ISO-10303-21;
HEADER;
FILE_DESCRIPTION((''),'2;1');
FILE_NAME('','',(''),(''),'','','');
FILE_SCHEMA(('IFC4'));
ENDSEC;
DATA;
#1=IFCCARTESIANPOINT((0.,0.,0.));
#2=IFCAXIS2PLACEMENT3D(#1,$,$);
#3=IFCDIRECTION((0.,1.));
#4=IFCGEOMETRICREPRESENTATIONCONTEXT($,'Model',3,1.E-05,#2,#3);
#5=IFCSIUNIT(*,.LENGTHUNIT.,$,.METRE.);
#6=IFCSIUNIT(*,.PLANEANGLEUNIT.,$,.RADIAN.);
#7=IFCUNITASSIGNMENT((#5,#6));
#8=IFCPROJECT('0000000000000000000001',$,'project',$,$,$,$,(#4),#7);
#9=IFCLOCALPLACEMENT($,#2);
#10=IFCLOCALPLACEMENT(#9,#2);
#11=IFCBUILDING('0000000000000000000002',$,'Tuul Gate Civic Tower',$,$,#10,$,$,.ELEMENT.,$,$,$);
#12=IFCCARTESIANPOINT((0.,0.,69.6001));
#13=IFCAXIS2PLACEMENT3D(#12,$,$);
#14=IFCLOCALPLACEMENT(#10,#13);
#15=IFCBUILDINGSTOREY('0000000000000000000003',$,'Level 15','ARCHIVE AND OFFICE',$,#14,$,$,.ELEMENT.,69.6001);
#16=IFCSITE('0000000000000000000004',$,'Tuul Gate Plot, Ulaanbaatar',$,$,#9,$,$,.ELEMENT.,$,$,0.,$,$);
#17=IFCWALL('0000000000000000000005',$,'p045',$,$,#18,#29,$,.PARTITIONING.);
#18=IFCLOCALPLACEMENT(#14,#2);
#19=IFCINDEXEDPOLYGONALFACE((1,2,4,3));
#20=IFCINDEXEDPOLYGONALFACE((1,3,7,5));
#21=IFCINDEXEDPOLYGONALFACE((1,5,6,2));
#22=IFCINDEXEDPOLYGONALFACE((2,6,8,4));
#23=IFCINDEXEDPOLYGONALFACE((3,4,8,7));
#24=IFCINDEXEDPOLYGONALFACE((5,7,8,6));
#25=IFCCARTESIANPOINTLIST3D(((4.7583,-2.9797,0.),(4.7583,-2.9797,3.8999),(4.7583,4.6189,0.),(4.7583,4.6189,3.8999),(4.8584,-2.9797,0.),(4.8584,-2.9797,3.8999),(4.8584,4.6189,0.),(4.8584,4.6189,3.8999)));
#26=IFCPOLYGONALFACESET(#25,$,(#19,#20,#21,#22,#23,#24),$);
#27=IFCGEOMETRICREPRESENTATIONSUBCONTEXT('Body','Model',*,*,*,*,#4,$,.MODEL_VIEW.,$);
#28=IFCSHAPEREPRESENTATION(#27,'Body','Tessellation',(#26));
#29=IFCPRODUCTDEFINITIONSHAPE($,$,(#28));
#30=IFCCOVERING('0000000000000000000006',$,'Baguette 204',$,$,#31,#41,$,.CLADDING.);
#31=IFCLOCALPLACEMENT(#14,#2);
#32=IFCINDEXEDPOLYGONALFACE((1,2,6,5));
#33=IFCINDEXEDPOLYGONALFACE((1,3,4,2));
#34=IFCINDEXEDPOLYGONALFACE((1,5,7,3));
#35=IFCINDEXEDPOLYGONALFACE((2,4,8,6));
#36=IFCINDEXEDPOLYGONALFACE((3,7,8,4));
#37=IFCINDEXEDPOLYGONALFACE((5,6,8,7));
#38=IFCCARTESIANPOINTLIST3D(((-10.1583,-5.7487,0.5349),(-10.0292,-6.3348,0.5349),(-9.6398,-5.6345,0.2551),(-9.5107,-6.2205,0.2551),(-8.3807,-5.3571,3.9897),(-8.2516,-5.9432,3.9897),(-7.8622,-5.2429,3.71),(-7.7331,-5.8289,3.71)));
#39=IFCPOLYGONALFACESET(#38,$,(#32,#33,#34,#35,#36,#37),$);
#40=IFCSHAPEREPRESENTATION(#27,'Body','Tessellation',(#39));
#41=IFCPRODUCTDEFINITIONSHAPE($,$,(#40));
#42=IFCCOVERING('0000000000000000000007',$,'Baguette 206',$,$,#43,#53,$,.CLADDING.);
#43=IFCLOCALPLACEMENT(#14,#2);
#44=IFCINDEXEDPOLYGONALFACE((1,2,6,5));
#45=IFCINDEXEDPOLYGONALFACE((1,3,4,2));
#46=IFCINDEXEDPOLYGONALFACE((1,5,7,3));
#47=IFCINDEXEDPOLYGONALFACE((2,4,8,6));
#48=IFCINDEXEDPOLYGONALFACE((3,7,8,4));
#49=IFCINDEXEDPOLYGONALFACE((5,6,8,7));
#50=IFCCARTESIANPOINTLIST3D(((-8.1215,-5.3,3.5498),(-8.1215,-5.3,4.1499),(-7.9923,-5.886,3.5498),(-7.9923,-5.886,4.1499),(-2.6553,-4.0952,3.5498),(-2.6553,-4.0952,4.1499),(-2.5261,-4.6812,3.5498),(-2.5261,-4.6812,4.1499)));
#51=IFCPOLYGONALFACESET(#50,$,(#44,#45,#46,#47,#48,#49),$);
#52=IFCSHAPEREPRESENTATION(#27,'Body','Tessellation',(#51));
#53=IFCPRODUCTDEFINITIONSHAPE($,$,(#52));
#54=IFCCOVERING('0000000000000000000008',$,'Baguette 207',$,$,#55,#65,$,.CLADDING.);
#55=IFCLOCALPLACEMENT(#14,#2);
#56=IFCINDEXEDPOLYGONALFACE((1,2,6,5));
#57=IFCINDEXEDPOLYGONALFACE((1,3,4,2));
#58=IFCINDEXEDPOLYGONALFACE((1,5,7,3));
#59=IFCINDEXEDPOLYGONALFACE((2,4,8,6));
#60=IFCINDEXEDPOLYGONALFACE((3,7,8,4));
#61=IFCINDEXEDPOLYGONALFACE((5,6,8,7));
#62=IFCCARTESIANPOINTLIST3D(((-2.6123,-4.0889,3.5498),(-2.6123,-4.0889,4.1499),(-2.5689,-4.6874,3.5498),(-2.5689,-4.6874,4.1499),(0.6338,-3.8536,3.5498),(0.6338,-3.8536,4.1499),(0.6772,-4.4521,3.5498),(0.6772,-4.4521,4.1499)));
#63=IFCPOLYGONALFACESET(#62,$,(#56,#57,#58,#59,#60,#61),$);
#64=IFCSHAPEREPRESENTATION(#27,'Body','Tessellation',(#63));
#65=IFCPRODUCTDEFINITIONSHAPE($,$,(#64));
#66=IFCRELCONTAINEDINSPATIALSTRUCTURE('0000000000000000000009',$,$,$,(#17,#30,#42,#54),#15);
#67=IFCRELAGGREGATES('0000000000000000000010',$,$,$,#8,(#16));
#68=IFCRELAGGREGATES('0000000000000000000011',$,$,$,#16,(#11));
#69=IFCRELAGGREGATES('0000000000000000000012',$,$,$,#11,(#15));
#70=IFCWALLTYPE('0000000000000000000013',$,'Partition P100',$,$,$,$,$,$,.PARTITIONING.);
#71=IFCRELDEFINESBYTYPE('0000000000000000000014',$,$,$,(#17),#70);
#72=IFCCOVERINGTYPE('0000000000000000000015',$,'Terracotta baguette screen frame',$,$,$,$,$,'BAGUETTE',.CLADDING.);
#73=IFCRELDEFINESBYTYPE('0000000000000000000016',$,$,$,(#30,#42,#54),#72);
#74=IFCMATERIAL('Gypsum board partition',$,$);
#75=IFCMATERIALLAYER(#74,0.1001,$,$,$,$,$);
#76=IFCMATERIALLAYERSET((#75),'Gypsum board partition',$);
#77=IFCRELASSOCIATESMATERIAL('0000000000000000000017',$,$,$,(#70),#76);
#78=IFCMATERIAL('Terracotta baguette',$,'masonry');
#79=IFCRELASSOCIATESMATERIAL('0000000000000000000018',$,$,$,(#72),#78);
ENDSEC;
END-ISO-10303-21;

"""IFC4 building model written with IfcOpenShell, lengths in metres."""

from ifc_helpers import new_model, si_unit, direction, frame, frame_2d, origin, origin_2d, place, context, subcontext, project, spatial, rectangle, extrude, material, layer, layer_set, material_profile, profile_set, type_object, element, save


model = new_model("IFC4")

# Units and contexts
model_context = context("Model", 3, precision=1e-05, world=origin(), true_north=direction((0.0, 1.0)))
body_context = subcontext(model_context, "Body", "Model", "MODEL_VIEW")
ifc_project = project(units=[si_unit("LENGTHUNIT", "METRE"), si_unit("PLANEANGLEUNIT", "RADIAN")], contexts=[model_context])

# Site, building, storey
site_placement = place(None, origin())
site = spatial("IfcSite", under=ifc_project, at=site_placement, Name="Tuul Gate Plot, Ulaanbaatar", CompositionType="ELEMENT", RefElevation=0.0)
building_placement = place(site_placement, origin())
building = spatial("IfcBuilding", under=site, at=building_placement, Name="Tuul Gate Civic Tower", CompositionType="ELEMENT")
storey_placement = place(building_placement, frame((0.0, 0.0, 69.6001)))
storey = spatial("IfcBuildingStorey", under=building, at=storey_placement, Name="Level 15", Description="ARCHIVE AND OFFICE", CompositionType="ELEMENT", Elevation=69.6001)

# Wall
ifc_material_1 = material(Name="Gypsum board partition")
ifc_layer_1 = layer(ifc_material_1, 0.1001)
ifc_layer_set_1 = layer_set([ifc_layer_1], Name="Gypsum board partition")
wall_type_1 = type_object("IfcWallType", Name="Partition P100", PredefinedType="PARTITIONING", material=ifc_layer_set_1)
wall_1_placement = place(storey_placement, frame((4.8083, -2.9797, 0.0), z_axis=(0.0, 0.0, 1.0), x_axis=(0.0, 1.0, 0.0)))
element("IfcWall", 1, at=wall_1_placement, inside=storey, type_object=wall_type_1, Name="p045", PredefinedType="PARTITIONING", context=body_context, shape_type="SweptSolid", body=[
    extrude(rectangle(XDim=7.5986, YDim=0.1001, at=frame_2d((3.7993, 0.0))), origin(), (0.0, 0.0, 1.0), 3.8999),
])

# Coverings
ifc_material_2 = material(Name="Terracotta baguette", Category="masonry")
ifc_material_profile_1 = material_profile(ifc_material_2, rectangle(XDim=0.6001, YDim=0.6001, at=origin_2d()), Name="Terracotta baguette screen frame")
ifc_profile_set_1 = profile_set([ifc_material_profile_1], Name="Terracotta baguette")
covering_type = type_object("IfcCoveringType", Name="Terracotta baguette screen frame", ElementType="BAGUETTE", PredefinedType="CLADDING", material=ifc_profile_set_1)
covering_1_placement = place(storey_placement, frame((-8.0569, -5.593, 3.8499), z_axis=(-0.455208, -0.100282, -0.88472), x_axis=(0.215141, -0.976583, 0.0)))
element("IfcCovering", 2, at=covering_1_placement, inside=storey, type_object=covering_type, Name="Baguette 204", PredefinedType="CLADDING", context=body_context, shape_type="SweptSolid", body=[
    extrude(rectangle(XDim=0.6001, YDim=0.6001, at=origin_2d()), origin(), (0.0, 0.0, 1.0), 3.905),
])
covering_2_placement = place(storey_placement, frame((-8.0569, -5.593, 3.8499), z_axis=(0.97656, 0.215245, 0.0), x_axis=(-0.215245, 0.97656, 0.0)))
element("IfcCovering", 3, at=covering_2_placement, inside=storey, type_object=covering_type, Name="Baguette 206", PredefinedType="CLADDING", context=body_context, shape_type="SweptSolid", body=[
    extrude(rectangle(XDim=0.6001, YDim=0.6001, at=origin_2d()), origin(), (0.0, 0.0, 1.0), 5.5974),
])
covering_3_placement = place(storey_placement, frame((-2.5906, -4.3882, 3.8499), z_axis=(0.997382, 0.072313, 0.0), x_axis=(-0.072313, 0.997382, 0.0)))
element("IfcCovering", 4, at=covering_3_placement, inside=storey, type_object=covering_type, Name="Baguette 207", PredefinedType="CLADDING", context=body_context, shape_type="SweptSolid", body=[
    extrude(rectangle(XDim=0.6001, YDim=0.6001, at=origin_2d()), origin(), (0.0, 0.0, 1.0), 3.2546),
])

save(model, "model.ifc")
